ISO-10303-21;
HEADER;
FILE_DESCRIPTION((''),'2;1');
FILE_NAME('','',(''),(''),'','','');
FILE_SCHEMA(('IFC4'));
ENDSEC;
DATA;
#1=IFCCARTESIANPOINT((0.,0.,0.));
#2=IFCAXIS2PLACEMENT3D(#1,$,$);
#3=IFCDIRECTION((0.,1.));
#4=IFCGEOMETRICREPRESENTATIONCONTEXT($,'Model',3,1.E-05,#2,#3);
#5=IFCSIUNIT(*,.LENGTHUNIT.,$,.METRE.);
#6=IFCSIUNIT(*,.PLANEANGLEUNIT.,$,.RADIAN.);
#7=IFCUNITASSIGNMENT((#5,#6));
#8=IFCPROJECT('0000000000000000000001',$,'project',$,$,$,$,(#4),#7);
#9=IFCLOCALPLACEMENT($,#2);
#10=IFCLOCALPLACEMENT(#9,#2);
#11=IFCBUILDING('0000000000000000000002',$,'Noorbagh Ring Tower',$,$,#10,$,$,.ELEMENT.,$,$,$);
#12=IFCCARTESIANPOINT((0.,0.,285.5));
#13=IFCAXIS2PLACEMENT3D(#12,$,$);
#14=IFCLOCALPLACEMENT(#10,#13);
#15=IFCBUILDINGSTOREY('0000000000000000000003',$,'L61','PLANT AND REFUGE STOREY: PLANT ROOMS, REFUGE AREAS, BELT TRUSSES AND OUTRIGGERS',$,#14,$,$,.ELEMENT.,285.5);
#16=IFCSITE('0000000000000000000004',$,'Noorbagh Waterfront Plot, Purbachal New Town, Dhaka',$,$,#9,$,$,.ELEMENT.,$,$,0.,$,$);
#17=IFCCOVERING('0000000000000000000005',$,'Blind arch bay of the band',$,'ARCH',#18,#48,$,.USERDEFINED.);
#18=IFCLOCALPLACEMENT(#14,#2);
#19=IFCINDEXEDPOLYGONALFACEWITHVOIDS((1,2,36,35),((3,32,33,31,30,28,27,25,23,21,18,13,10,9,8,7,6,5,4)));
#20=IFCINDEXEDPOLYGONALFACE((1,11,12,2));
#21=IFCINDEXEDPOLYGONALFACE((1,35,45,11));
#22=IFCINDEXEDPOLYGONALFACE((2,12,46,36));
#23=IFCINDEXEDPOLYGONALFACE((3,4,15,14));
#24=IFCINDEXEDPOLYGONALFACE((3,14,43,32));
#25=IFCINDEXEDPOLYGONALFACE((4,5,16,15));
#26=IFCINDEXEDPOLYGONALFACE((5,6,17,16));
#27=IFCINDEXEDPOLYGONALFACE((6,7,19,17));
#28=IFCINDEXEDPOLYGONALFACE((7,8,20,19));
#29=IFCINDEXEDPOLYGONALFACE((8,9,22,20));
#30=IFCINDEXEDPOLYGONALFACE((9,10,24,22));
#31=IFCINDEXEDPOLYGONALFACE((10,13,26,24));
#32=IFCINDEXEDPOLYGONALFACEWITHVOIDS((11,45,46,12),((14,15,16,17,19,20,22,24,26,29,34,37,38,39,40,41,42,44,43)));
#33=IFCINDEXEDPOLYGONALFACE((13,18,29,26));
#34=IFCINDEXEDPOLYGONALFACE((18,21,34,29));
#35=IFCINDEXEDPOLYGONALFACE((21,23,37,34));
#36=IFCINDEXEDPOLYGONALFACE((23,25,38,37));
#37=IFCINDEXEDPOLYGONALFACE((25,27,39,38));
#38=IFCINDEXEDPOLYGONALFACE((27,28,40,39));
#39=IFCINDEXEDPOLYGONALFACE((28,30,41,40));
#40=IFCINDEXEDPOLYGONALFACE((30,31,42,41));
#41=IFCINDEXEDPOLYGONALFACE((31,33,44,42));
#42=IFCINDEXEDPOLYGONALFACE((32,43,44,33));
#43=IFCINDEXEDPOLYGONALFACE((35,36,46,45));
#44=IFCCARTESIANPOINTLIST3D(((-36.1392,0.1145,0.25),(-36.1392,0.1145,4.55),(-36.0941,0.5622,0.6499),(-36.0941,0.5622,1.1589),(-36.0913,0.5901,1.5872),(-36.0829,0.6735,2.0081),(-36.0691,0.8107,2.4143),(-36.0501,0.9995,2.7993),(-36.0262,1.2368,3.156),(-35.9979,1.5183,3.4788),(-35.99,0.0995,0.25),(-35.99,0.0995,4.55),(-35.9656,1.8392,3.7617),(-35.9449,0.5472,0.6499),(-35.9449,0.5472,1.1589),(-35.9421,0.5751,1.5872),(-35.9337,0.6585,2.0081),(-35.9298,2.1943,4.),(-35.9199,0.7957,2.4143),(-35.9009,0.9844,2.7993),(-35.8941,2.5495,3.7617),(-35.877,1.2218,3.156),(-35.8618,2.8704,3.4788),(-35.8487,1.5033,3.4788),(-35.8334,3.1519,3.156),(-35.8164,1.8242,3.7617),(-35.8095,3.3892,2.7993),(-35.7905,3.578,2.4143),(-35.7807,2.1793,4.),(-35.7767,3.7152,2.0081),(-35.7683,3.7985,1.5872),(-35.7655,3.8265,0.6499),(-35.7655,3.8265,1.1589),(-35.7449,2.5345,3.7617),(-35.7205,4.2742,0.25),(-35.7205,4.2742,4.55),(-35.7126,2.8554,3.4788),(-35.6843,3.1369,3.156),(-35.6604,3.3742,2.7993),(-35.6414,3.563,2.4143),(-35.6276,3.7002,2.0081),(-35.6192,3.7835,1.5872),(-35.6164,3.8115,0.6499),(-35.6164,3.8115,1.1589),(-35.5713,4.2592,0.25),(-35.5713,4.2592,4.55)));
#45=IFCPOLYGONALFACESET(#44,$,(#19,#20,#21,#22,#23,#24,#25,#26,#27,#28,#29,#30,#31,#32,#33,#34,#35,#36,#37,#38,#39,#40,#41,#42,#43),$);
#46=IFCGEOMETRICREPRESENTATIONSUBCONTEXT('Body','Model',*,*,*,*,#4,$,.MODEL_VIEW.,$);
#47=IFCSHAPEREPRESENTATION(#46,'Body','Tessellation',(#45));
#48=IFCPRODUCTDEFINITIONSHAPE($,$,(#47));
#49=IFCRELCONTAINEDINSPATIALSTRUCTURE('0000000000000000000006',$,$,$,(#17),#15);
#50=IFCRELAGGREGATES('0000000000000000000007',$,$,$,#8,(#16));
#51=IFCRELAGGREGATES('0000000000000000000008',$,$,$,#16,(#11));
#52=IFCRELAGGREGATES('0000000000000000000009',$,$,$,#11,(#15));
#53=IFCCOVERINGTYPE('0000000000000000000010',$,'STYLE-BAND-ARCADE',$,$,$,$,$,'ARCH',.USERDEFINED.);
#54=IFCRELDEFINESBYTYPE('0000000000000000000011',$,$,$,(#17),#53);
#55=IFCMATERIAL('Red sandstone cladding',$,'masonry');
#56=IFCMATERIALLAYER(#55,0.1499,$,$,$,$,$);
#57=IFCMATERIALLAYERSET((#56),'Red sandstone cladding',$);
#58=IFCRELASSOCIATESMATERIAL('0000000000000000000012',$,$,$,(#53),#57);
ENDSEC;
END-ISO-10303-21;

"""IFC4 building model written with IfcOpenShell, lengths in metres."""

from ifc_helpers import new_model, si_unit, direction, frame, origin, place, context, subcontext, project, spatial, polyline, outline, extrude, material, layer, layer_set, type_object, element, save


model = new_model("IFC4")

# Units and contexts
model_context = context("Model", 3, precision=1e-05, world=origin(), true_north=direction((0.0, 1.0)))
body_context = subcontext(model_context, "Body", "Model", "MODEL_VIEW")
ifc_project = project(units=[si_unit("LENGTHUNIT", "METRE"), si_unit("PLANEANGLEUNIT", "RADIAN")], contexts=[model_context])

# Site, building, storey
site_placement = place(None, origin())
site = spatial("IfcSite", under=ifc_project, at=site_placement, Name="Noorbagh Waterfront Plot, Purbachal New Town, Dhaka", CompositionType="ELEMENT", RefElevation=0.0)
building_placement = place(site_placement, origin())
building = spatial("IfcBuilding", under=site, at=building_placement, Name="Noorbagh Ring Tower", CompositionType="ELEMENT")
storey_placement = place(building_placement, frame((0.0, 0.0, 285.5)))
storey = spatial("IfcBuildingStorey", under=building, at=storey_placement, Name="L61", Description="PLANT AND REFUGE STOREY: PLANT ROOMS, REFUGE AREAS, BELT TRUSSES AND OUTRIGGERS", CompositionType="ELEMENT", Elevation=285.5)

# Covering
ifc_material_1 = material(Name="Red sandstone cladding", Category="masonry")
ifc_layer_1 = layer(ifc_material_1, 0.1499)
ifc_layer_set_1 = layer_set([ifc_layer_1], Name="Red sandstone cladding")
covering_type_1 = type_object("IfcCoveringType", Name="STYLE-BAND-ARCADE", ElementType="ARCH", PredefinedType="USERDEFINED", material=ifc_layer_set_1)
covering_1_placement = place(storey_placement, frame((-35.7205, 4.2742, 0.25), z_axis=(-0.994972, 0.100151, 0.0), x_axis=(-0.100151, -0.994972, 0.0)))
element("IfcCovering", 1, at=covering_1_placement, inside=storey, type_object=covering_type_1, Name="Blind arch bay of the band", ObjectType="ARCH", PredefinedType="USERDEFINED", context=body_context, shape_type="SweptSolid", body=[
    extrude(outline(polyline([(0.0, 0.0), (4.1807, 0.0), (4.1807, 4.3), (0.0, 4.3), (0.0, 0.0)]), holes=[polyline([(0.45, 0.3999), (0.45, 0.9089), (0.478, 1.3372), (0.5618, 1.7581), (0.6997, 2.1643), (0.8894, 2.5493), (1.1279, 2.906), (1.4109, 3.2288), (1.7334, 3.5117), (2.0903, 3.75), (2.4473, 3.5117), (2.7698, 3.2288), (3.0527, 2.906), (3.2913, 2.5493), (3.481, 2.1643), (3.6189, 1.7581), (3.7026, 1.3372), (3.7307, 0.9089), (3.7307, 0.3999), (0.45, 0.3999)])]), origin(), (0.0, 0.0, -1.0), 0.1499),
])

save(model, "model.ifc")
